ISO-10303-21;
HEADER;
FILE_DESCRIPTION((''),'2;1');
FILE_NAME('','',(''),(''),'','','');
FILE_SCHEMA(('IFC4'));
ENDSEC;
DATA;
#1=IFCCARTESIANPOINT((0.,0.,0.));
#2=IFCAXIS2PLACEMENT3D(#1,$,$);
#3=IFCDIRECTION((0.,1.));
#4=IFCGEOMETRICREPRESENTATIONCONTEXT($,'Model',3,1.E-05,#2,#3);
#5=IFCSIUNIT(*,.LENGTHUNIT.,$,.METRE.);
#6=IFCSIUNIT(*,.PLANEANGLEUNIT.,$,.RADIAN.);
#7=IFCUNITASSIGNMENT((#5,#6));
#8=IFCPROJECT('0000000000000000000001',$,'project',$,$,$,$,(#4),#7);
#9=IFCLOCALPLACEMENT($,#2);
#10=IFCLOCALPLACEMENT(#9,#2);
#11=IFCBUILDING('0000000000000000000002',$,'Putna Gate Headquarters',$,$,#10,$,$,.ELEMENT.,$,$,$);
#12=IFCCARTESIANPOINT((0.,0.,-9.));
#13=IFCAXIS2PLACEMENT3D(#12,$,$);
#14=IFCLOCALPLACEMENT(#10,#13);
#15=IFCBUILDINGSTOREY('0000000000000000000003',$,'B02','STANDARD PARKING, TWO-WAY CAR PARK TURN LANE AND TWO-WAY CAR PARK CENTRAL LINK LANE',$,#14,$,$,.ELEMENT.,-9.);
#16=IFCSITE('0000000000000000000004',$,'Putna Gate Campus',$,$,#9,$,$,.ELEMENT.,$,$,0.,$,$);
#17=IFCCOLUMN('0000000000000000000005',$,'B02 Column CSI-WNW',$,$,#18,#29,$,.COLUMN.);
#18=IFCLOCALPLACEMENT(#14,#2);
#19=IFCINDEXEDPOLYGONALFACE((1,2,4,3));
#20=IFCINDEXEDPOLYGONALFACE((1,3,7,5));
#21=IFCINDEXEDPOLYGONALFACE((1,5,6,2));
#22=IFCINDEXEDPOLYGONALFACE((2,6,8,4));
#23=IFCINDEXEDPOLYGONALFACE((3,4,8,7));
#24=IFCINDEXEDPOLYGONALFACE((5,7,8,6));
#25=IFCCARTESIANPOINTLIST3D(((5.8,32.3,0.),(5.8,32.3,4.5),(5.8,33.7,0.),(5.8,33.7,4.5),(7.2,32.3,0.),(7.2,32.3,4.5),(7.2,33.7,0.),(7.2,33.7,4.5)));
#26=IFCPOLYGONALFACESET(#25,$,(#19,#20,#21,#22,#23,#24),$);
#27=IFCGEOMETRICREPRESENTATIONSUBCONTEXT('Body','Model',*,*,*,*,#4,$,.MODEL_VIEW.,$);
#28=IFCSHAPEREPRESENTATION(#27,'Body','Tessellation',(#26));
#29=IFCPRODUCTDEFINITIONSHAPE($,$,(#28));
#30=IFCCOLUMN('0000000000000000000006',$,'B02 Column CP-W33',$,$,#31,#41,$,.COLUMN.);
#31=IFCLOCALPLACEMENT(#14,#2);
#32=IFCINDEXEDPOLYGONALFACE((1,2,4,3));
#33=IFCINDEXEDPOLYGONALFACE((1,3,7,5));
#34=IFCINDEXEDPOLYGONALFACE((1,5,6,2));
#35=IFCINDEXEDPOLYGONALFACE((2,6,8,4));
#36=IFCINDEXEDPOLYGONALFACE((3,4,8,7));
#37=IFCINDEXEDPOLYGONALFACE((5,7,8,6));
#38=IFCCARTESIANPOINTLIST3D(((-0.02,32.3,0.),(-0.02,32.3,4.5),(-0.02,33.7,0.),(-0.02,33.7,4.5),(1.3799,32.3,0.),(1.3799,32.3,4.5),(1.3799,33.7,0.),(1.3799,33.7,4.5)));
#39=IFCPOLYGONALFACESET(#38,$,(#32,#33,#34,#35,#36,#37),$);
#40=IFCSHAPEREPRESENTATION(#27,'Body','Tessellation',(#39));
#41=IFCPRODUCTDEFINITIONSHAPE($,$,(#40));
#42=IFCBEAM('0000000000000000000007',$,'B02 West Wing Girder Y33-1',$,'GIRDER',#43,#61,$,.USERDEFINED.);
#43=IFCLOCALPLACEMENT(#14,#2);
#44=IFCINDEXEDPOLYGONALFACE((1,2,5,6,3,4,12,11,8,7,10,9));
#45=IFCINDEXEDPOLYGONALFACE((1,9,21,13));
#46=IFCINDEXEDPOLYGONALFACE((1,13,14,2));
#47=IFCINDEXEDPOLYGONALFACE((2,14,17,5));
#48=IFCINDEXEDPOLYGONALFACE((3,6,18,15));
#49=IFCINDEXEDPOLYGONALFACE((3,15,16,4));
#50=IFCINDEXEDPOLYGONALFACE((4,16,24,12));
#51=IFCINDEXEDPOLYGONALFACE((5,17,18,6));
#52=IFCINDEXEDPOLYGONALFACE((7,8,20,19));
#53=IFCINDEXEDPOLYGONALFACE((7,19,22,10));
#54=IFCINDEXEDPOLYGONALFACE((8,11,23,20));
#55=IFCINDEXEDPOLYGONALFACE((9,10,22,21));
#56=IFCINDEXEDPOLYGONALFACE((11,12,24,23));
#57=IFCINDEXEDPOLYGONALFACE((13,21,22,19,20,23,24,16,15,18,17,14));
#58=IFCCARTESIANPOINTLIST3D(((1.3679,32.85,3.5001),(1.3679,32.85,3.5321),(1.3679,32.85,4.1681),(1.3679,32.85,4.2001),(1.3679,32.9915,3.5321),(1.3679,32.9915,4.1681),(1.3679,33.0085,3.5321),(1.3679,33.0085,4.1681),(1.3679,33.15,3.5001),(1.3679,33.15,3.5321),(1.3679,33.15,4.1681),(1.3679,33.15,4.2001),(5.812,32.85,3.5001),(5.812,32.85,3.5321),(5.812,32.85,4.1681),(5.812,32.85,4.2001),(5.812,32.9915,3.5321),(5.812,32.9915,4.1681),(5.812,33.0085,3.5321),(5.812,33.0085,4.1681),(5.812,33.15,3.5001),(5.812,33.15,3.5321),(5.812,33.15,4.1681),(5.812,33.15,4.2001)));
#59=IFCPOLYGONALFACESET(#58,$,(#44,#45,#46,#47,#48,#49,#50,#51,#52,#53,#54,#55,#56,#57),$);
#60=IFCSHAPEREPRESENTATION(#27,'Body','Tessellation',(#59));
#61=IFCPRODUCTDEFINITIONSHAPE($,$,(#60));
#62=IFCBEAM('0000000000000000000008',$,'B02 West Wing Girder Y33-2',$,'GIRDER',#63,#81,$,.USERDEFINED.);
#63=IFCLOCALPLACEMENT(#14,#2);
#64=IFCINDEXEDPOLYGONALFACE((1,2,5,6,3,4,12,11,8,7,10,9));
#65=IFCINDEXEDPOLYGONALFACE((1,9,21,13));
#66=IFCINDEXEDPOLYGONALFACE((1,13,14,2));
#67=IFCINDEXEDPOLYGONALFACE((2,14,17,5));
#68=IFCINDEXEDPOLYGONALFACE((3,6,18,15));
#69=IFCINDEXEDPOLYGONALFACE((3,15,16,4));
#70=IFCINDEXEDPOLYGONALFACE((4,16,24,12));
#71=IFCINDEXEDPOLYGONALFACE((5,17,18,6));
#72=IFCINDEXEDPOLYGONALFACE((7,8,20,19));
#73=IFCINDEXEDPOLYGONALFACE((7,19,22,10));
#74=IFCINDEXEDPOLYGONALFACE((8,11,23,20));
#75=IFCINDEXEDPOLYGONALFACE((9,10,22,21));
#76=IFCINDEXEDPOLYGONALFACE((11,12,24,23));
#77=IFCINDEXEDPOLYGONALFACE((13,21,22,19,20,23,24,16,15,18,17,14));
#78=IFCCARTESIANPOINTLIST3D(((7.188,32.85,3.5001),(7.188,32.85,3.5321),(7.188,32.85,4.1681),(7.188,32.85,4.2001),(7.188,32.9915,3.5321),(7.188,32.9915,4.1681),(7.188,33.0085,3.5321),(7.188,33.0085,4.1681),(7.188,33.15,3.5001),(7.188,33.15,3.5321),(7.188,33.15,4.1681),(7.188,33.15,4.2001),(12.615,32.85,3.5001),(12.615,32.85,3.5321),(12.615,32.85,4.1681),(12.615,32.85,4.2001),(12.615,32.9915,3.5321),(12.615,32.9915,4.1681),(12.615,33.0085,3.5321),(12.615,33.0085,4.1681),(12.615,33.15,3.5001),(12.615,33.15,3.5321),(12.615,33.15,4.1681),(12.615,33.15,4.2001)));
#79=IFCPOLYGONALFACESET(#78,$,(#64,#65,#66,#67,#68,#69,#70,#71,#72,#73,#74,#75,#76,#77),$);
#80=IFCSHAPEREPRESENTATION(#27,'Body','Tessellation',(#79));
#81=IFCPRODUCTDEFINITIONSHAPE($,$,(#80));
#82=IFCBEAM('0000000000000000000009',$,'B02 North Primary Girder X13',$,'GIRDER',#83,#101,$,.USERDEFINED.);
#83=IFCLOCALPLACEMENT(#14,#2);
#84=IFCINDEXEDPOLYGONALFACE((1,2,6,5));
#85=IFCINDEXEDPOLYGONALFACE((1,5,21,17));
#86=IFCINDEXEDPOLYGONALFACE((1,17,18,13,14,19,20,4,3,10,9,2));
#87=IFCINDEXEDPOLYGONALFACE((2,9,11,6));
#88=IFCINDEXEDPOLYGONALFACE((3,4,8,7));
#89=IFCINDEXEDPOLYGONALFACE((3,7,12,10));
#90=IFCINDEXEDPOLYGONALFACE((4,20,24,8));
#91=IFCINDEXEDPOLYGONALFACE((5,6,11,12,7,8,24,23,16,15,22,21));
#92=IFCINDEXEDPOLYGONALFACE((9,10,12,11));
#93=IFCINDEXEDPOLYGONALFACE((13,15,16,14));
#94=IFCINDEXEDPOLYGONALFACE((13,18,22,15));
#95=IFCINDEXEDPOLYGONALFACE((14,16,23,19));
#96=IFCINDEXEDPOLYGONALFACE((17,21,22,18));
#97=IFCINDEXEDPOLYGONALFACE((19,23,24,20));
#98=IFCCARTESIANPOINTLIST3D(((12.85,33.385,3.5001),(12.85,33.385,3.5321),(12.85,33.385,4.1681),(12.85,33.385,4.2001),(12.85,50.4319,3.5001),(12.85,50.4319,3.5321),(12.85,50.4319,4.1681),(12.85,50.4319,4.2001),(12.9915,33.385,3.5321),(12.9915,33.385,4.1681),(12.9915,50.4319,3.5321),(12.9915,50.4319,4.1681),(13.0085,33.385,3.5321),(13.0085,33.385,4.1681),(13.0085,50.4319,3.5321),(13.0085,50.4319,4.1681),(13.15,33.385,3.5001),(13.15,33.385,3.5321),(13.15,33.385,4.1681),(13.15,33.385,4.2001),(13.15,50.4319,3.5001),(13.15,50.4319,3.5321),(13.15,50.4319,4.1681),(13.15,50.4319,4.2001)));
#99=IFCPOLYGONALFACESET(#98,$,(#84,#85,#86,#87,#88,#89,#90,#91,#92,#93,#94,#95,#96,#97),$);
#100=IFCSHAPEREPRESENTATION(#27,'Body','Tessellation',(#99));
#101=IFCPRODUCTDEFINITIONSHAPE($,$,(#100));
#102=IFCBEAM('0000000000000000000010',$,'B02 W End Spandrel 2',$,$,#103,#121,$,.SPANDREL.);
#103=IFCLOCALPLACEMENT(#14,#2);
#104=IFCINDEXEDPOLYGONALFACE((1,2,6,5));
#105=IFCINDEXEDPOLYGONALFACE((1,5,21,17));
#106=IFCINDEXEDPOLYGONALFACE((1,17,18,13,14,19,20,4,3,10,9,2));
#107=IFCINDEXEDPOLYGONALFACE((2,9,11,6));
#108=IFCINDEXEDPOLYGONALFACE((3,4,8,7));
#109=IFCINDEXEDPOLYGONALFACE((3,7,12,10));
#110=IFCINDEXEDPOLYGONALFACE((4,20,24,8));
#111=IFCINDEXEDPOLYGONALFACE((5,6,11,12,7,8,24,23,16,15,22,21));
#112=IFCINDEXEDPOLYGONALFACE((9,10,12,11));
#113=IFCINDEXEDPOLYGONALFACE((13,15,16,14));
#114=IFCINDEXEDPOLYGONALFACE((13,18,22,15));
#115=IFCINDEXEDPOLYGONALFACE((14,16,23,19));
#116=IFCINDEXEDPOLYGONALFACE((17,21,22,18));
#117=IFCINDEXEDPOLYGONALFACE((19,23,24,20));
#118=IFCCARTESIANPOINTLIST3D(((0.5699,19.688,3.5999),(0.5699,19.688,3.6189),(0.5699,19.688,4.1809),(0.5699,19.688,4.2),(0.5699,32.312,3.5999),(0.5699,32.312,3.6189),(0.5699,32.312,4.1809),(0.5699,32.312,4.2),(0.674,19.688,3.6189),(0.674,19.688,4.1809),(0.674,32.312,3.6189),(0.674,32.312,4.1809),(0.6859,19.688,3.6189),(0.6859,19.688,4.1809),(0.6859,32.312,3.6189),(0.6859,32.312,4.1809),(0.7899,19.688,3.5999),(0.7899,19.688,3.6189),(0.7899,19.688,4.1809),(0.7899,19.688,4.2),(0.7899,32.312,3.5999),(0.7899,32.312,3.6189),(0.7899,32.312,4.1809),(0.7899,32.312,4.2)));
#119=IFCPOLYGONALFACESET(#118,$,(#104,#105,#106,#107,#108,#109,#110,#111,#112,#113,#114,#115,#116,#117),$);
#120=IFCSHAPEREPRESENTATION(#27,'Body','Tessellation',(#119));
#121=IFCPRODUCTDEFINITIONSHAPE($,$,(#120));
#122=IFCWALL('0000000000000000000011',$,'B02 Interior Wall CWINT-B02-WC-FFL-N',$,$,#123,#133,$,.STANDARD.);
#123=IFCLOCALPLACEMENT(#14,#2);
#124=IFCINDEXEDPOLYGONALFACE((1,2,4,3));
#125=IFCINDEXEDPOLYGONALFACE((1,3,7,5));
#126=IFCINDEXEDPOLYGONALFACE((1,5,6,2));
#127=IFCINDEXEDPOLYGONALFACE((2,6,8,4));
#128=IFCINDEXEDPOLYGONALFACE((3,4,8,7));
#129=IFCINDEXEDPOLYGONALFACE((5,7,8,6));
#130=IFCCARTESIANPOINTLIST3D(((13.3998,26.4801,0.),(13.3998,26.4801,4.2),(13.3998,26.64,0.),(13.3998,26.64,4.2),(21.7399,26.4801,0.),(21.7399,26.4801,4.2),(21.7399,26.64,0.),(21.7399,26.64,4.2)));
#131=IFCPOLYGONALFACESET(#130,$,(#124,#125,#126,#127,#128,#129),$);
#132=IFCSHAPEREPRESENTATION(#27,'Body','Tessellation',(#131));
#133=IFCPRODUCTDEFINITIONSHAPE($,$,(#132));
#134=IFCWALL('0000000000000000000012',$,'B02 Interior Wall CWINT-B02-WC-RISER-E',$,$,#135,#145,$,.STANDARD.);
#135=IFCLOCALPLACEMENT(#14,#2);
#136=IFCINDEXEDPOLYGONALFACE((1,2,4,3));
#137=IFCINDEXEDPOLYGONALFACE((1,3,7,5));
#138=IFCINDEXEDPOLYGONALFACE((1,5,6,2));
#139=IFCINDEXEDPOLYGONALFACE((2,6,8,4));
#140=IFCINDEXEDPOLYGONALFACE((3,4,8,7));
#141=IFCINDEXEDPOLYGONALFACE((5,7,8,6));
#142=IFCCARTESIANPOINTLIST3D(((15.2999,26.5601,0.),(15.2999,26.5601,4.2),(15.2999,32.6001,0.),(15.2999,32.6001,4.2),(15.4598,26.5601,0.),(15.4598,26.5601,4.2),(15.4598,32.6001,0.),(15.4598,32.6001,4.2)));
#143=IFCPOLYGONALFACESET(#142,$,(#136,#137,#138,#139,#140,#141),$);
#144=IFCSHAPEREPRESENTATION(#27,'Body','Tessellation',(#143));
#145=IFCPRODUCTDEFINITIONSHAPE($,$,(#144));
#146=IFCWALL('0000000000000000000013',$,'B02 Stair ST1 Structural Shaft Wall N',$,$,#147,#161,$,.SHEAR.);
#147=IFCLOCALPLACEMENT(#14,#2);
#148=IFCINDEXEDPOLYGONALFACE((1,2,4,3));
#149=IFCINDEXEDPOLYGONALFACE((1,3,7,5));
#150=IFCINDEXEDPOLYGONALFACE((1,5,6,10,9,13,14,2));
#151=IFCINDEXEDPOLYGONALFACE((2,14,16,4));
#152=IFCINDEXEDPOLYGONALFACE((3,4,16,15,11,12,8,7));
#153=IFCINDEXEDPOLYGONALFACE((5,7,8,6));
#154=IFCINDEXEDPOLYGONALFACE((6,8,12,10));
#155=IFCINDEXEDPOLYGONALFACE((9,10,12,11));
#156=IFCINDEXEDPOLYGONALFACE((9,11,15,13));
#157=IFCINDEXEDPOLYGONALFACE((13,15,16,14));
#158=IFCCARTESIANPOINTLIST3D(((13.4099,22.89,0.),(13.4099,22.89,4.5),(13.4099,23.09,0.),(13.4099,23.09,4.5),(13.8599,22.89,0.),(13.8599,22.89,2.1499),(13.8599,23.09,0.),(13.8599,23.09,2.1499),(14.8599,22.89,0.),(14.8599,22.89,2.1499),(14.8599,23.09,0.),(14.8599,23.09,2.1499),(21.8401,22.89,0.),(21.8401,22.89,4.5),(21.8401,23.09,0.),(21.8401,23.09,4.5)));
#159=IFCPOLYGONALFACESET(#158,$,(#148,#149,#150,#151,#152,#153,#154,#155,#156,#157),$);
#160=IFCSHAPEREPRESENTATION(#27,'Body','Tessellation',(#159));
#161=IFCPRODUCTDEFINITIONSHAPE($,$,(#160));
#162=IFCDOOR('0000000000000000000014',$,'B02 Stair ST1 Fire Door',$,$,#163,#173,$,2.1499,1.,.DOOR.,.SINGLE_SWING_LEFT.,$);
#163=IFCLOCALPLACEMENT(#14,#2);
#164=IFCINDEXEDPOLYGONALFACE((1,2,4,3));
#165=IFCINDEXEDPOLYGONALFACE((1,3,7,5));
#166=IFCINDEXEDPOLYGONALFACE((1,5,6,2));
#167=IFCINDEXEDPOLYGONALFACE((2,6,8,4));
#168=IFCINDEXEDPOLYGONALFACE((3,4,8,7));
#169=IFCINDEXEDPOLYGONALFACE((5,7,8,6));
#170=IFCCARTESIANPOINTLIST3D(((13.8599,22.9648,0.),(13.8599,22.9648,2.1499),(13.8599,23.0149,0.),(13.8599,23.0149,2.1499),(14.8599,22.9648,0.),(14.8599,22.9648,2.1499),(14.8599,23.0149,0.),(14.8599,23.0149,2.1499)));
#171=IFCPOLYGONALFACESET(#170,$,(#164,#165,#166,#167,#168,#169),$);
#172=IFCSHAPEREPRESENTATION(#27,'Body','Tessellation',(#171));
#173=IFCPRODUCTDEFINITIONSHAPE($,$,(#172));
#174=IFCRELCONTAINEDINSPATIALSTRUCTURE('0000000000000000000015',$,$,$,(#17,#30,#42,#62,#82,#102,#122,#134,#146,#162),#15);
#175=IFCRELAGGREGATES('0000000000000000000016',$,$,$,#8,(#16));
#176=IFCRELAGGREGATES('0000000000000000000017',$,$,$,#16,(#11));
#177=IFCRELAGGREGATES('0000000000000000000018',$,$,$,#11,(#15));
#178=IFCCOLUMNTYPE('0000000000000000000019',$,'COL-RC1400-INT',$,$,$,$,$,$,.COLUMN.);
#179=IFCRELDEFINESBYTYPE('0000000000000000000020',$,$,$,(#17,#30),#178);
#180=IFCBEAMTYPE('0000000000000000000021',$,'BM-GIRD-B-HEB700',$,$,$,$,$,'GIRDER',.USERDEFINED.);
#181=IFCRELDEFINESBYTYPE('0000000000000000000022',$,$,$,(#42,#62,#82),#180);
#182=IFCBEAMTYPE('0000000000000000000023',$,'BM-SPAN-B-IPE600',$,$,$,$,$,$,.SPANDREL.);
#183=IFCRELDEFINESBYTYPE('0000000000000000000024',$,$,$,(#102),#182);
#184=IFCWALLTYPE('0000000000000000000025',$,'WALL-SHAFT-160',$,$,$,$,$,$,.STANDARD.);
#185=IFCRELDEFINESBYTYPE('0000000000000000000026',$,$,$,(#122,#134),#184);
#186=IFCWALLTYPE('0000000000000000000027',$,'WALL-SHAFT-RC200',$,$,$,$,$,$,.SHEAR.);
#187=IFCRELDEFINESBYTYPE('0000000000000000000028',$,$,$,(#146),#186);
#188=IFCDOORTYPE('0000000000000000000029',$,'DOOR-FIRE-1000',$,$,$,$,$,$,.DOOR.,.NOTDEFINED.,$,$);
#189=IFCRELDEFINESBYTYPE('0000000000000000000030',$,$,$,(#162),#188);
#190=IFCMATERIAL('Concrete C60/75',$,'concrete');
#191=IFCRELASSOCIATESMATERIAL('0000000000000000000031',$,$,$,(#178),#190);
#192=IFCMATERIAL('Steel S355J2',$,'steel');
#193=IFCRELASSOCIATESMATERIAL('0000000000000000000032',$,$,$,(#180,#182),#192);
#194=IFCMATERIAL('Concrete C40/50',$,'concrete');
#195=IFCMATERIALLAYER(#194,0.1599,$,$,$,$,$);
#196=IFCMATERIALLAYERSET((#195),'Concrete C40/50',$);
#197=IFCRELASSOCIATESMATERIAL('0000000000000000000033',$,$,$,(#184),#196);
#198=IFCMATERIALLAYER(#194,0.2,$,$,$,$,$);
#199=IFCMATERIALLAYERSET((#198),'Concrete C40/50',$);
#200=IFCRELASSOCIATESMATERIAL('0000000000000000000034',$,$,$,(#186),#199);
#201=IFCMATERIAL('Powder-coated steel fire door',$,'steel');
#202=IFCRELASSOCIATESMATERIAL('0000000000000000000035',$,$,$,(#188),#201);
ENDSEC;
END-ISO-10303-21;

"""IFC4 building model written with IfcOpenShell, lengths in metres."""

from ifc_helpers import new_model, si_unit, direction, frame, frame_2d, origin, origin_2d, place, context, subcontext, project, spatial, rectangle, i_section, extrude, material, layer, layer_set, material_profile, profile_set, type_object, element, fill, save


model = new_model("IFC4")

# Units and contexts
model_context = context("Model", 3, precision=1e-05, world=origin(), true_north=direction((0.0, 1.0)))
body_context = subcontext(model_context, "Body", "Model", "MODEL_VIEW")
ifc_project = project(units=[si_unit("LENGTHUNIT", "METRE"), si_unit("PLANEANGLEUNIT", "RADIAN")], contexts=[model_context])

# Site, building, storey
site_placement = place(None, origin())
site = spatial("IfcSite", under=ifc_project, at=site_placement, Name="Putna Gate Campus", CompositionType="ELEMENT", RefElevation=0.0)
building_placement = place(site_placement, origin())
building = spatial("IfcBuilding", under=site, at=building_placement, Name="Putna Gate Headquarters", CompositionType="ELEMENT")
storey_placement = place(building_placement, frame((0.0, 0.0, -9.0)))
storey = spatial("IfcBuildingStorey", under=building, at=storey_placement, Name="B02", Description="STANDARD PARKING, TWO-WAY CAR PARK TURN LANE AND TWO-WAY CAR PARK CENTRAL LINK LANE", CompositionType="ELEMENT", Elevation=-9.0)

# Columns
ifc_material_1 = material(Name="Concrete C60/75", Category="concrete")
ifc_material_profile_1 = material_profile(ifc_material_1, rectangle(XDim=1.3999, YDim=1.3999, at=origin_2d()), Name="Concrete C60/75")
ifc_profile_set_1 = profile_set([ifc_material_profile_1], Name="Concrete C60/75")
column_type = type_object("IfcColumnType", Name="COL-RC1400-INT", PredefinedType="COLUMN", material=ifc_profile_set_1)
for number, where, z_axis, x_axis, name in (
    (1, (6.5, 33.0, 0.0), (0.0, 0.0, 1.0), (1.0, 0.0, 0.0), "B02 Column CSI-WNW"),
    (2, (0.6799, 33.0, 0.0), (0.0, 0.0, 1.0), (1.0, 0.0, 0.0), "B02 Column CP-W33"),
):
    element("IfcColumn", number, at=place(storey_placement, frame(where, z_axis=z_axis, x_axis=x_axis)), inside=storey, type_object=column_type, Name=name, PredefinedType="COLUMN", context=body_context, shape_type="SweptSolid", body=[
        extrude(rectangle(XDim=1.3999, YDim=1.3999, at=origin_2d()), origin(), (0.0, 0.0, 1.0), 4.5),
    ])

# Beams
ifc_material_2 = material(Name="Steel S355J2", Category="steel")
ifc_material_profile_2 = material_profile(ifc_material_2, i_section(OverallWidth=0.3, OverallDepth=0.7, WebThickness=0.0171, FlangeThickness=0.032, at=origin_2d()), Name="Steel S355J2")
ifc_profile_set_2 = profile_set([ifc_material_profile_2], Name="Steel S355J2")
beam_type_1 = type_object("IfcBeamType", Name="BM-GIRD-B-HEB700", ElementType="GIRDER", PredefinedType="USERDEFINED", material=ifc_profile_set_2)
beam_1_placement = place(storey_placement, frame((1.3679, 33.0, 3.8501), z_axis=(1.0, 0.0, 0.0), x_axis=(0.0, 1.0, 0.0)))
element("IfcBeam", 3, at=beam_1_placement, inside=storey, type_object=beam_type_1, Name="B02 West Wing Girder Y33-1", ObjectType="GIRDER", PredefinedType="USERDEFINED", context=body_context, shape_type="SweptSolid", body=[
    extrude(i_section(OverallWidth=0.3, OverallDepth=0.7, WebThickness=0.0171, FlangeThickness=0.032, at=origin_2d()), origin(), (0.0, 0.0, 1.0), 4.4441),
])
beam_2_placement = place(storey_placement, frame((7.188, 33.0, 3.8501), z_axis=(1.0, 0.0, 0.0), x_axis=(0.0, 1.0, 0.0)))
element("IfcBeam", 4, at=beam_2_placement, inside=storey, type_object=beam_type_1, Name="B02 West Wing Girder Y33-2", ObjectType="GIRDER", PredefinedType="USERDEFINED", context=body_context, shape_type="SweptSolid", body=[
    extrude(i_section(OverallWidth=0.3, OverallDepth=0.7, WebThickness=0.0171, FlangeThickness=0.032, at=origin_2d()), origin(), (0.0, 0.0, 1.0), 5.427),
])
beam_3_placement = place(storey_placement, frame((13.0, 33.385, 3.8501), z_axis=(0.0, 1.0, 0.0), x_axis=(-1.0, 0.0, 0.0)))
element("IfcBeam", 5, at=beam_3_placement, inside=storey, type_object=beam_type_1, Name="B02 North Primary Girder X13", ObjectType="GIRDER", PredefinedType="USERDEFINED", context=body_context, shape_type="SweptSolid", body=[
    extrude(i_section(OverallWidth=0.3, OverallDepth=0.7, WebThickness=0.0171, FlangeThickness=0.032, at=origin_2d()), origin(), (0.0, 0.0, 1.0), 17.0469),
])
ifc_material_profile_3 = material_profile(ifc_material_2, i_section(OverallWidth=0.22, OverallDepth=0.6001, WebThickness=0.012, FlangeThickness=0.019, at=origin_2d()), Name="Steel S355J2")
ifc_profile_set_3 = profile_set([ifc_material_profile_3], Name="Steel S355J2")
beam_type_2 = type_object("IfcBeamType", Name="BM-SPAN-B-IPE600", PredefinedType="SPANDREL", material=ifc_profile_set_3)
beam_4_placement = place(storey_placement, frame((0.6799, 19.688, 3.8999), z_axis=(0.0, 1.0, 0.0), x_axis=(-1.0, 0.0, 0.0)))
element("IfcBeam", 6, at=beam_4_placement, inside=storey, type_object=beam_type_2, Name="B02 W End Spandrel 2", PredefinedType="SPANDREL", context=body_context, shape_type="SweptSolid", body=[
    extrude(i_section(OverallWidth=0.22, OverallDepth=0.6001, WebThickness=0.012, FlangeThickness=0.019, at=origin_2d()), origin(), (0.0, 0.0, 1.0), 12.624),
])

# Walls
ifc_material_3 = material(Name="Concrete C40/50", Category="concrete")
ifc_layer_1 = layer(ifc_material_3, 0.1599)
ifc_layer_set_1 = layer_set([ifc_layer_1], Name="Concrete C40/50")
wall_type_1 = type_object("IfcWallType", Name="WALL-SHAFT-160", PredefinedType="STANDARD", material=ifc_layer_set_1)
wall_1_placement = place(storey_placement, frame((13.3999, 26.5601, 0.0), z_axis=(0.0, 0.0, 1.0), x_axis=(1.0, 0.0, 0.0)))
element("IfcWall", 7, at=wall_1_placement, inside=storey, type_object=wall_type_1, Name="B02 Interior Wall CWINT-B02-WC-FFL-N", PredefinedType="STANDARD", context=body_context, shape_type="SweptSolid", body=[
    extrude(rectangle(XDim=8.3401, YDim=0.1599, at=frame_2d((4.1699, 0.0))), origin(), (0.0, 0.0, 1.0), 4.2),
])
wall_2_placement = place(storey_placement, frame((15.3799, 26.5601, 0.0), z_axis=(0.0, 0.0, 1.0), x_axis=(0.0, 1.0, 0.0)))
element("IfcWall", 8, at=wall_2_placement, inside=storey, type_object=wall_type_1, Name="B02 Interior Wall CWINT-B02-WC-RISER-E", PredefinedType="STANDARD", context=body_context, shape_type="SweptSolid", body=[
    extrude(rectangle(XDim=6.04, YDim=0.1599, at=frame_2d((3.02, 0.0))), origin(), (0.0, 0.0, 1.0), 4.2),
])

# Wall, opening, door
ifc_layer_2 = layer(ifc_material_3, 0.2)
ifc_layer_set_2 = layer_set([ifc_layer_2], Name="Concrete C40/50")
wall_type_2 = type_object("IfcWallType", Name="WALL-SHAFT-RC200", PredefinedType="SHEAR", material=ifc_layer_set_2)
wall_3_placement = place(storey_placement, frame((13.4099, 22.99, 0.0), z_axis=(0.0, 0.0, 1.0), x_axis=(1.0, 0.0, 0.0)))
wall_3 = element("IfcWall", 9, at=wall_3_placement, inside=storey, type_object=wall_type_2, Name="B02 Stair ST1 Structural Shaft Wall N", PredefinedType="SHEAR", context=body_context, shape_type="SweptSolid", body=[
    extrude(rectangle(XDim=8.4302, YDim=0.2, at=frame_2d((4.2151, 0.0))), origin(), (0.0, 0.0, 1.0), 4.5),
])
opening_1_placement = place(wall_3_placement, frame((0.45, 0.0, 0.0)))
opening_1 = element("IfcOpeningElement", 10, at=opening_1_placement, cuts=wall_3, PredefinedType="OPENING", context=body_context, shape_type="SweptSolid", body=[
    extrude(rectangle(XDim=1.0, YDim=2.1499, at=frame_2d((0.5, 1.075))), frame((0.0, 0.1099, 0.0), z_axis=(0.0, -1.0, 0.0), x_axis=(1.0, 0.0, 0.0)), (0.0, 0.0, 1.0), 0.22),
])
ifc_material_4 = material(Name="Powder-coated steel fire door", Category="steel")
door_type_1 = type_object("IfcDoorType", Name="DOOR-FIRE-1000", OperationType="NOTDEFINED", PredefinedType="DOOR", material=ifc_material_4)
door_1_placement = place(opening_1_placement, origin())
door_1 = element("IfcDoor", 11, at=door_1_placement, inside=storey, type_object=door_type_1, Name="B02 Stair ST1 Fire Door", OperationType="SINGLE_SWING_LEFT", OverallHeight=2.1499, OverallWidth=1.0, PredefinedType="DOOR", context=body_context, shape_type="SweptSolid", body=[
    extrude(rectangle(XDim=1.0, YDim=2.1499, at=frame_2d((0.5, 1.075))), frame((0.0, 0.0249, 0.0), z_axis=(0.0, -1.0, 0.0), x_axis=(1.0, 0.0, 0.0)), (0.0, 0.0, 1.0), 0.05),
])
fill(opening_1, door_1)

save(model, "model.ifc")
